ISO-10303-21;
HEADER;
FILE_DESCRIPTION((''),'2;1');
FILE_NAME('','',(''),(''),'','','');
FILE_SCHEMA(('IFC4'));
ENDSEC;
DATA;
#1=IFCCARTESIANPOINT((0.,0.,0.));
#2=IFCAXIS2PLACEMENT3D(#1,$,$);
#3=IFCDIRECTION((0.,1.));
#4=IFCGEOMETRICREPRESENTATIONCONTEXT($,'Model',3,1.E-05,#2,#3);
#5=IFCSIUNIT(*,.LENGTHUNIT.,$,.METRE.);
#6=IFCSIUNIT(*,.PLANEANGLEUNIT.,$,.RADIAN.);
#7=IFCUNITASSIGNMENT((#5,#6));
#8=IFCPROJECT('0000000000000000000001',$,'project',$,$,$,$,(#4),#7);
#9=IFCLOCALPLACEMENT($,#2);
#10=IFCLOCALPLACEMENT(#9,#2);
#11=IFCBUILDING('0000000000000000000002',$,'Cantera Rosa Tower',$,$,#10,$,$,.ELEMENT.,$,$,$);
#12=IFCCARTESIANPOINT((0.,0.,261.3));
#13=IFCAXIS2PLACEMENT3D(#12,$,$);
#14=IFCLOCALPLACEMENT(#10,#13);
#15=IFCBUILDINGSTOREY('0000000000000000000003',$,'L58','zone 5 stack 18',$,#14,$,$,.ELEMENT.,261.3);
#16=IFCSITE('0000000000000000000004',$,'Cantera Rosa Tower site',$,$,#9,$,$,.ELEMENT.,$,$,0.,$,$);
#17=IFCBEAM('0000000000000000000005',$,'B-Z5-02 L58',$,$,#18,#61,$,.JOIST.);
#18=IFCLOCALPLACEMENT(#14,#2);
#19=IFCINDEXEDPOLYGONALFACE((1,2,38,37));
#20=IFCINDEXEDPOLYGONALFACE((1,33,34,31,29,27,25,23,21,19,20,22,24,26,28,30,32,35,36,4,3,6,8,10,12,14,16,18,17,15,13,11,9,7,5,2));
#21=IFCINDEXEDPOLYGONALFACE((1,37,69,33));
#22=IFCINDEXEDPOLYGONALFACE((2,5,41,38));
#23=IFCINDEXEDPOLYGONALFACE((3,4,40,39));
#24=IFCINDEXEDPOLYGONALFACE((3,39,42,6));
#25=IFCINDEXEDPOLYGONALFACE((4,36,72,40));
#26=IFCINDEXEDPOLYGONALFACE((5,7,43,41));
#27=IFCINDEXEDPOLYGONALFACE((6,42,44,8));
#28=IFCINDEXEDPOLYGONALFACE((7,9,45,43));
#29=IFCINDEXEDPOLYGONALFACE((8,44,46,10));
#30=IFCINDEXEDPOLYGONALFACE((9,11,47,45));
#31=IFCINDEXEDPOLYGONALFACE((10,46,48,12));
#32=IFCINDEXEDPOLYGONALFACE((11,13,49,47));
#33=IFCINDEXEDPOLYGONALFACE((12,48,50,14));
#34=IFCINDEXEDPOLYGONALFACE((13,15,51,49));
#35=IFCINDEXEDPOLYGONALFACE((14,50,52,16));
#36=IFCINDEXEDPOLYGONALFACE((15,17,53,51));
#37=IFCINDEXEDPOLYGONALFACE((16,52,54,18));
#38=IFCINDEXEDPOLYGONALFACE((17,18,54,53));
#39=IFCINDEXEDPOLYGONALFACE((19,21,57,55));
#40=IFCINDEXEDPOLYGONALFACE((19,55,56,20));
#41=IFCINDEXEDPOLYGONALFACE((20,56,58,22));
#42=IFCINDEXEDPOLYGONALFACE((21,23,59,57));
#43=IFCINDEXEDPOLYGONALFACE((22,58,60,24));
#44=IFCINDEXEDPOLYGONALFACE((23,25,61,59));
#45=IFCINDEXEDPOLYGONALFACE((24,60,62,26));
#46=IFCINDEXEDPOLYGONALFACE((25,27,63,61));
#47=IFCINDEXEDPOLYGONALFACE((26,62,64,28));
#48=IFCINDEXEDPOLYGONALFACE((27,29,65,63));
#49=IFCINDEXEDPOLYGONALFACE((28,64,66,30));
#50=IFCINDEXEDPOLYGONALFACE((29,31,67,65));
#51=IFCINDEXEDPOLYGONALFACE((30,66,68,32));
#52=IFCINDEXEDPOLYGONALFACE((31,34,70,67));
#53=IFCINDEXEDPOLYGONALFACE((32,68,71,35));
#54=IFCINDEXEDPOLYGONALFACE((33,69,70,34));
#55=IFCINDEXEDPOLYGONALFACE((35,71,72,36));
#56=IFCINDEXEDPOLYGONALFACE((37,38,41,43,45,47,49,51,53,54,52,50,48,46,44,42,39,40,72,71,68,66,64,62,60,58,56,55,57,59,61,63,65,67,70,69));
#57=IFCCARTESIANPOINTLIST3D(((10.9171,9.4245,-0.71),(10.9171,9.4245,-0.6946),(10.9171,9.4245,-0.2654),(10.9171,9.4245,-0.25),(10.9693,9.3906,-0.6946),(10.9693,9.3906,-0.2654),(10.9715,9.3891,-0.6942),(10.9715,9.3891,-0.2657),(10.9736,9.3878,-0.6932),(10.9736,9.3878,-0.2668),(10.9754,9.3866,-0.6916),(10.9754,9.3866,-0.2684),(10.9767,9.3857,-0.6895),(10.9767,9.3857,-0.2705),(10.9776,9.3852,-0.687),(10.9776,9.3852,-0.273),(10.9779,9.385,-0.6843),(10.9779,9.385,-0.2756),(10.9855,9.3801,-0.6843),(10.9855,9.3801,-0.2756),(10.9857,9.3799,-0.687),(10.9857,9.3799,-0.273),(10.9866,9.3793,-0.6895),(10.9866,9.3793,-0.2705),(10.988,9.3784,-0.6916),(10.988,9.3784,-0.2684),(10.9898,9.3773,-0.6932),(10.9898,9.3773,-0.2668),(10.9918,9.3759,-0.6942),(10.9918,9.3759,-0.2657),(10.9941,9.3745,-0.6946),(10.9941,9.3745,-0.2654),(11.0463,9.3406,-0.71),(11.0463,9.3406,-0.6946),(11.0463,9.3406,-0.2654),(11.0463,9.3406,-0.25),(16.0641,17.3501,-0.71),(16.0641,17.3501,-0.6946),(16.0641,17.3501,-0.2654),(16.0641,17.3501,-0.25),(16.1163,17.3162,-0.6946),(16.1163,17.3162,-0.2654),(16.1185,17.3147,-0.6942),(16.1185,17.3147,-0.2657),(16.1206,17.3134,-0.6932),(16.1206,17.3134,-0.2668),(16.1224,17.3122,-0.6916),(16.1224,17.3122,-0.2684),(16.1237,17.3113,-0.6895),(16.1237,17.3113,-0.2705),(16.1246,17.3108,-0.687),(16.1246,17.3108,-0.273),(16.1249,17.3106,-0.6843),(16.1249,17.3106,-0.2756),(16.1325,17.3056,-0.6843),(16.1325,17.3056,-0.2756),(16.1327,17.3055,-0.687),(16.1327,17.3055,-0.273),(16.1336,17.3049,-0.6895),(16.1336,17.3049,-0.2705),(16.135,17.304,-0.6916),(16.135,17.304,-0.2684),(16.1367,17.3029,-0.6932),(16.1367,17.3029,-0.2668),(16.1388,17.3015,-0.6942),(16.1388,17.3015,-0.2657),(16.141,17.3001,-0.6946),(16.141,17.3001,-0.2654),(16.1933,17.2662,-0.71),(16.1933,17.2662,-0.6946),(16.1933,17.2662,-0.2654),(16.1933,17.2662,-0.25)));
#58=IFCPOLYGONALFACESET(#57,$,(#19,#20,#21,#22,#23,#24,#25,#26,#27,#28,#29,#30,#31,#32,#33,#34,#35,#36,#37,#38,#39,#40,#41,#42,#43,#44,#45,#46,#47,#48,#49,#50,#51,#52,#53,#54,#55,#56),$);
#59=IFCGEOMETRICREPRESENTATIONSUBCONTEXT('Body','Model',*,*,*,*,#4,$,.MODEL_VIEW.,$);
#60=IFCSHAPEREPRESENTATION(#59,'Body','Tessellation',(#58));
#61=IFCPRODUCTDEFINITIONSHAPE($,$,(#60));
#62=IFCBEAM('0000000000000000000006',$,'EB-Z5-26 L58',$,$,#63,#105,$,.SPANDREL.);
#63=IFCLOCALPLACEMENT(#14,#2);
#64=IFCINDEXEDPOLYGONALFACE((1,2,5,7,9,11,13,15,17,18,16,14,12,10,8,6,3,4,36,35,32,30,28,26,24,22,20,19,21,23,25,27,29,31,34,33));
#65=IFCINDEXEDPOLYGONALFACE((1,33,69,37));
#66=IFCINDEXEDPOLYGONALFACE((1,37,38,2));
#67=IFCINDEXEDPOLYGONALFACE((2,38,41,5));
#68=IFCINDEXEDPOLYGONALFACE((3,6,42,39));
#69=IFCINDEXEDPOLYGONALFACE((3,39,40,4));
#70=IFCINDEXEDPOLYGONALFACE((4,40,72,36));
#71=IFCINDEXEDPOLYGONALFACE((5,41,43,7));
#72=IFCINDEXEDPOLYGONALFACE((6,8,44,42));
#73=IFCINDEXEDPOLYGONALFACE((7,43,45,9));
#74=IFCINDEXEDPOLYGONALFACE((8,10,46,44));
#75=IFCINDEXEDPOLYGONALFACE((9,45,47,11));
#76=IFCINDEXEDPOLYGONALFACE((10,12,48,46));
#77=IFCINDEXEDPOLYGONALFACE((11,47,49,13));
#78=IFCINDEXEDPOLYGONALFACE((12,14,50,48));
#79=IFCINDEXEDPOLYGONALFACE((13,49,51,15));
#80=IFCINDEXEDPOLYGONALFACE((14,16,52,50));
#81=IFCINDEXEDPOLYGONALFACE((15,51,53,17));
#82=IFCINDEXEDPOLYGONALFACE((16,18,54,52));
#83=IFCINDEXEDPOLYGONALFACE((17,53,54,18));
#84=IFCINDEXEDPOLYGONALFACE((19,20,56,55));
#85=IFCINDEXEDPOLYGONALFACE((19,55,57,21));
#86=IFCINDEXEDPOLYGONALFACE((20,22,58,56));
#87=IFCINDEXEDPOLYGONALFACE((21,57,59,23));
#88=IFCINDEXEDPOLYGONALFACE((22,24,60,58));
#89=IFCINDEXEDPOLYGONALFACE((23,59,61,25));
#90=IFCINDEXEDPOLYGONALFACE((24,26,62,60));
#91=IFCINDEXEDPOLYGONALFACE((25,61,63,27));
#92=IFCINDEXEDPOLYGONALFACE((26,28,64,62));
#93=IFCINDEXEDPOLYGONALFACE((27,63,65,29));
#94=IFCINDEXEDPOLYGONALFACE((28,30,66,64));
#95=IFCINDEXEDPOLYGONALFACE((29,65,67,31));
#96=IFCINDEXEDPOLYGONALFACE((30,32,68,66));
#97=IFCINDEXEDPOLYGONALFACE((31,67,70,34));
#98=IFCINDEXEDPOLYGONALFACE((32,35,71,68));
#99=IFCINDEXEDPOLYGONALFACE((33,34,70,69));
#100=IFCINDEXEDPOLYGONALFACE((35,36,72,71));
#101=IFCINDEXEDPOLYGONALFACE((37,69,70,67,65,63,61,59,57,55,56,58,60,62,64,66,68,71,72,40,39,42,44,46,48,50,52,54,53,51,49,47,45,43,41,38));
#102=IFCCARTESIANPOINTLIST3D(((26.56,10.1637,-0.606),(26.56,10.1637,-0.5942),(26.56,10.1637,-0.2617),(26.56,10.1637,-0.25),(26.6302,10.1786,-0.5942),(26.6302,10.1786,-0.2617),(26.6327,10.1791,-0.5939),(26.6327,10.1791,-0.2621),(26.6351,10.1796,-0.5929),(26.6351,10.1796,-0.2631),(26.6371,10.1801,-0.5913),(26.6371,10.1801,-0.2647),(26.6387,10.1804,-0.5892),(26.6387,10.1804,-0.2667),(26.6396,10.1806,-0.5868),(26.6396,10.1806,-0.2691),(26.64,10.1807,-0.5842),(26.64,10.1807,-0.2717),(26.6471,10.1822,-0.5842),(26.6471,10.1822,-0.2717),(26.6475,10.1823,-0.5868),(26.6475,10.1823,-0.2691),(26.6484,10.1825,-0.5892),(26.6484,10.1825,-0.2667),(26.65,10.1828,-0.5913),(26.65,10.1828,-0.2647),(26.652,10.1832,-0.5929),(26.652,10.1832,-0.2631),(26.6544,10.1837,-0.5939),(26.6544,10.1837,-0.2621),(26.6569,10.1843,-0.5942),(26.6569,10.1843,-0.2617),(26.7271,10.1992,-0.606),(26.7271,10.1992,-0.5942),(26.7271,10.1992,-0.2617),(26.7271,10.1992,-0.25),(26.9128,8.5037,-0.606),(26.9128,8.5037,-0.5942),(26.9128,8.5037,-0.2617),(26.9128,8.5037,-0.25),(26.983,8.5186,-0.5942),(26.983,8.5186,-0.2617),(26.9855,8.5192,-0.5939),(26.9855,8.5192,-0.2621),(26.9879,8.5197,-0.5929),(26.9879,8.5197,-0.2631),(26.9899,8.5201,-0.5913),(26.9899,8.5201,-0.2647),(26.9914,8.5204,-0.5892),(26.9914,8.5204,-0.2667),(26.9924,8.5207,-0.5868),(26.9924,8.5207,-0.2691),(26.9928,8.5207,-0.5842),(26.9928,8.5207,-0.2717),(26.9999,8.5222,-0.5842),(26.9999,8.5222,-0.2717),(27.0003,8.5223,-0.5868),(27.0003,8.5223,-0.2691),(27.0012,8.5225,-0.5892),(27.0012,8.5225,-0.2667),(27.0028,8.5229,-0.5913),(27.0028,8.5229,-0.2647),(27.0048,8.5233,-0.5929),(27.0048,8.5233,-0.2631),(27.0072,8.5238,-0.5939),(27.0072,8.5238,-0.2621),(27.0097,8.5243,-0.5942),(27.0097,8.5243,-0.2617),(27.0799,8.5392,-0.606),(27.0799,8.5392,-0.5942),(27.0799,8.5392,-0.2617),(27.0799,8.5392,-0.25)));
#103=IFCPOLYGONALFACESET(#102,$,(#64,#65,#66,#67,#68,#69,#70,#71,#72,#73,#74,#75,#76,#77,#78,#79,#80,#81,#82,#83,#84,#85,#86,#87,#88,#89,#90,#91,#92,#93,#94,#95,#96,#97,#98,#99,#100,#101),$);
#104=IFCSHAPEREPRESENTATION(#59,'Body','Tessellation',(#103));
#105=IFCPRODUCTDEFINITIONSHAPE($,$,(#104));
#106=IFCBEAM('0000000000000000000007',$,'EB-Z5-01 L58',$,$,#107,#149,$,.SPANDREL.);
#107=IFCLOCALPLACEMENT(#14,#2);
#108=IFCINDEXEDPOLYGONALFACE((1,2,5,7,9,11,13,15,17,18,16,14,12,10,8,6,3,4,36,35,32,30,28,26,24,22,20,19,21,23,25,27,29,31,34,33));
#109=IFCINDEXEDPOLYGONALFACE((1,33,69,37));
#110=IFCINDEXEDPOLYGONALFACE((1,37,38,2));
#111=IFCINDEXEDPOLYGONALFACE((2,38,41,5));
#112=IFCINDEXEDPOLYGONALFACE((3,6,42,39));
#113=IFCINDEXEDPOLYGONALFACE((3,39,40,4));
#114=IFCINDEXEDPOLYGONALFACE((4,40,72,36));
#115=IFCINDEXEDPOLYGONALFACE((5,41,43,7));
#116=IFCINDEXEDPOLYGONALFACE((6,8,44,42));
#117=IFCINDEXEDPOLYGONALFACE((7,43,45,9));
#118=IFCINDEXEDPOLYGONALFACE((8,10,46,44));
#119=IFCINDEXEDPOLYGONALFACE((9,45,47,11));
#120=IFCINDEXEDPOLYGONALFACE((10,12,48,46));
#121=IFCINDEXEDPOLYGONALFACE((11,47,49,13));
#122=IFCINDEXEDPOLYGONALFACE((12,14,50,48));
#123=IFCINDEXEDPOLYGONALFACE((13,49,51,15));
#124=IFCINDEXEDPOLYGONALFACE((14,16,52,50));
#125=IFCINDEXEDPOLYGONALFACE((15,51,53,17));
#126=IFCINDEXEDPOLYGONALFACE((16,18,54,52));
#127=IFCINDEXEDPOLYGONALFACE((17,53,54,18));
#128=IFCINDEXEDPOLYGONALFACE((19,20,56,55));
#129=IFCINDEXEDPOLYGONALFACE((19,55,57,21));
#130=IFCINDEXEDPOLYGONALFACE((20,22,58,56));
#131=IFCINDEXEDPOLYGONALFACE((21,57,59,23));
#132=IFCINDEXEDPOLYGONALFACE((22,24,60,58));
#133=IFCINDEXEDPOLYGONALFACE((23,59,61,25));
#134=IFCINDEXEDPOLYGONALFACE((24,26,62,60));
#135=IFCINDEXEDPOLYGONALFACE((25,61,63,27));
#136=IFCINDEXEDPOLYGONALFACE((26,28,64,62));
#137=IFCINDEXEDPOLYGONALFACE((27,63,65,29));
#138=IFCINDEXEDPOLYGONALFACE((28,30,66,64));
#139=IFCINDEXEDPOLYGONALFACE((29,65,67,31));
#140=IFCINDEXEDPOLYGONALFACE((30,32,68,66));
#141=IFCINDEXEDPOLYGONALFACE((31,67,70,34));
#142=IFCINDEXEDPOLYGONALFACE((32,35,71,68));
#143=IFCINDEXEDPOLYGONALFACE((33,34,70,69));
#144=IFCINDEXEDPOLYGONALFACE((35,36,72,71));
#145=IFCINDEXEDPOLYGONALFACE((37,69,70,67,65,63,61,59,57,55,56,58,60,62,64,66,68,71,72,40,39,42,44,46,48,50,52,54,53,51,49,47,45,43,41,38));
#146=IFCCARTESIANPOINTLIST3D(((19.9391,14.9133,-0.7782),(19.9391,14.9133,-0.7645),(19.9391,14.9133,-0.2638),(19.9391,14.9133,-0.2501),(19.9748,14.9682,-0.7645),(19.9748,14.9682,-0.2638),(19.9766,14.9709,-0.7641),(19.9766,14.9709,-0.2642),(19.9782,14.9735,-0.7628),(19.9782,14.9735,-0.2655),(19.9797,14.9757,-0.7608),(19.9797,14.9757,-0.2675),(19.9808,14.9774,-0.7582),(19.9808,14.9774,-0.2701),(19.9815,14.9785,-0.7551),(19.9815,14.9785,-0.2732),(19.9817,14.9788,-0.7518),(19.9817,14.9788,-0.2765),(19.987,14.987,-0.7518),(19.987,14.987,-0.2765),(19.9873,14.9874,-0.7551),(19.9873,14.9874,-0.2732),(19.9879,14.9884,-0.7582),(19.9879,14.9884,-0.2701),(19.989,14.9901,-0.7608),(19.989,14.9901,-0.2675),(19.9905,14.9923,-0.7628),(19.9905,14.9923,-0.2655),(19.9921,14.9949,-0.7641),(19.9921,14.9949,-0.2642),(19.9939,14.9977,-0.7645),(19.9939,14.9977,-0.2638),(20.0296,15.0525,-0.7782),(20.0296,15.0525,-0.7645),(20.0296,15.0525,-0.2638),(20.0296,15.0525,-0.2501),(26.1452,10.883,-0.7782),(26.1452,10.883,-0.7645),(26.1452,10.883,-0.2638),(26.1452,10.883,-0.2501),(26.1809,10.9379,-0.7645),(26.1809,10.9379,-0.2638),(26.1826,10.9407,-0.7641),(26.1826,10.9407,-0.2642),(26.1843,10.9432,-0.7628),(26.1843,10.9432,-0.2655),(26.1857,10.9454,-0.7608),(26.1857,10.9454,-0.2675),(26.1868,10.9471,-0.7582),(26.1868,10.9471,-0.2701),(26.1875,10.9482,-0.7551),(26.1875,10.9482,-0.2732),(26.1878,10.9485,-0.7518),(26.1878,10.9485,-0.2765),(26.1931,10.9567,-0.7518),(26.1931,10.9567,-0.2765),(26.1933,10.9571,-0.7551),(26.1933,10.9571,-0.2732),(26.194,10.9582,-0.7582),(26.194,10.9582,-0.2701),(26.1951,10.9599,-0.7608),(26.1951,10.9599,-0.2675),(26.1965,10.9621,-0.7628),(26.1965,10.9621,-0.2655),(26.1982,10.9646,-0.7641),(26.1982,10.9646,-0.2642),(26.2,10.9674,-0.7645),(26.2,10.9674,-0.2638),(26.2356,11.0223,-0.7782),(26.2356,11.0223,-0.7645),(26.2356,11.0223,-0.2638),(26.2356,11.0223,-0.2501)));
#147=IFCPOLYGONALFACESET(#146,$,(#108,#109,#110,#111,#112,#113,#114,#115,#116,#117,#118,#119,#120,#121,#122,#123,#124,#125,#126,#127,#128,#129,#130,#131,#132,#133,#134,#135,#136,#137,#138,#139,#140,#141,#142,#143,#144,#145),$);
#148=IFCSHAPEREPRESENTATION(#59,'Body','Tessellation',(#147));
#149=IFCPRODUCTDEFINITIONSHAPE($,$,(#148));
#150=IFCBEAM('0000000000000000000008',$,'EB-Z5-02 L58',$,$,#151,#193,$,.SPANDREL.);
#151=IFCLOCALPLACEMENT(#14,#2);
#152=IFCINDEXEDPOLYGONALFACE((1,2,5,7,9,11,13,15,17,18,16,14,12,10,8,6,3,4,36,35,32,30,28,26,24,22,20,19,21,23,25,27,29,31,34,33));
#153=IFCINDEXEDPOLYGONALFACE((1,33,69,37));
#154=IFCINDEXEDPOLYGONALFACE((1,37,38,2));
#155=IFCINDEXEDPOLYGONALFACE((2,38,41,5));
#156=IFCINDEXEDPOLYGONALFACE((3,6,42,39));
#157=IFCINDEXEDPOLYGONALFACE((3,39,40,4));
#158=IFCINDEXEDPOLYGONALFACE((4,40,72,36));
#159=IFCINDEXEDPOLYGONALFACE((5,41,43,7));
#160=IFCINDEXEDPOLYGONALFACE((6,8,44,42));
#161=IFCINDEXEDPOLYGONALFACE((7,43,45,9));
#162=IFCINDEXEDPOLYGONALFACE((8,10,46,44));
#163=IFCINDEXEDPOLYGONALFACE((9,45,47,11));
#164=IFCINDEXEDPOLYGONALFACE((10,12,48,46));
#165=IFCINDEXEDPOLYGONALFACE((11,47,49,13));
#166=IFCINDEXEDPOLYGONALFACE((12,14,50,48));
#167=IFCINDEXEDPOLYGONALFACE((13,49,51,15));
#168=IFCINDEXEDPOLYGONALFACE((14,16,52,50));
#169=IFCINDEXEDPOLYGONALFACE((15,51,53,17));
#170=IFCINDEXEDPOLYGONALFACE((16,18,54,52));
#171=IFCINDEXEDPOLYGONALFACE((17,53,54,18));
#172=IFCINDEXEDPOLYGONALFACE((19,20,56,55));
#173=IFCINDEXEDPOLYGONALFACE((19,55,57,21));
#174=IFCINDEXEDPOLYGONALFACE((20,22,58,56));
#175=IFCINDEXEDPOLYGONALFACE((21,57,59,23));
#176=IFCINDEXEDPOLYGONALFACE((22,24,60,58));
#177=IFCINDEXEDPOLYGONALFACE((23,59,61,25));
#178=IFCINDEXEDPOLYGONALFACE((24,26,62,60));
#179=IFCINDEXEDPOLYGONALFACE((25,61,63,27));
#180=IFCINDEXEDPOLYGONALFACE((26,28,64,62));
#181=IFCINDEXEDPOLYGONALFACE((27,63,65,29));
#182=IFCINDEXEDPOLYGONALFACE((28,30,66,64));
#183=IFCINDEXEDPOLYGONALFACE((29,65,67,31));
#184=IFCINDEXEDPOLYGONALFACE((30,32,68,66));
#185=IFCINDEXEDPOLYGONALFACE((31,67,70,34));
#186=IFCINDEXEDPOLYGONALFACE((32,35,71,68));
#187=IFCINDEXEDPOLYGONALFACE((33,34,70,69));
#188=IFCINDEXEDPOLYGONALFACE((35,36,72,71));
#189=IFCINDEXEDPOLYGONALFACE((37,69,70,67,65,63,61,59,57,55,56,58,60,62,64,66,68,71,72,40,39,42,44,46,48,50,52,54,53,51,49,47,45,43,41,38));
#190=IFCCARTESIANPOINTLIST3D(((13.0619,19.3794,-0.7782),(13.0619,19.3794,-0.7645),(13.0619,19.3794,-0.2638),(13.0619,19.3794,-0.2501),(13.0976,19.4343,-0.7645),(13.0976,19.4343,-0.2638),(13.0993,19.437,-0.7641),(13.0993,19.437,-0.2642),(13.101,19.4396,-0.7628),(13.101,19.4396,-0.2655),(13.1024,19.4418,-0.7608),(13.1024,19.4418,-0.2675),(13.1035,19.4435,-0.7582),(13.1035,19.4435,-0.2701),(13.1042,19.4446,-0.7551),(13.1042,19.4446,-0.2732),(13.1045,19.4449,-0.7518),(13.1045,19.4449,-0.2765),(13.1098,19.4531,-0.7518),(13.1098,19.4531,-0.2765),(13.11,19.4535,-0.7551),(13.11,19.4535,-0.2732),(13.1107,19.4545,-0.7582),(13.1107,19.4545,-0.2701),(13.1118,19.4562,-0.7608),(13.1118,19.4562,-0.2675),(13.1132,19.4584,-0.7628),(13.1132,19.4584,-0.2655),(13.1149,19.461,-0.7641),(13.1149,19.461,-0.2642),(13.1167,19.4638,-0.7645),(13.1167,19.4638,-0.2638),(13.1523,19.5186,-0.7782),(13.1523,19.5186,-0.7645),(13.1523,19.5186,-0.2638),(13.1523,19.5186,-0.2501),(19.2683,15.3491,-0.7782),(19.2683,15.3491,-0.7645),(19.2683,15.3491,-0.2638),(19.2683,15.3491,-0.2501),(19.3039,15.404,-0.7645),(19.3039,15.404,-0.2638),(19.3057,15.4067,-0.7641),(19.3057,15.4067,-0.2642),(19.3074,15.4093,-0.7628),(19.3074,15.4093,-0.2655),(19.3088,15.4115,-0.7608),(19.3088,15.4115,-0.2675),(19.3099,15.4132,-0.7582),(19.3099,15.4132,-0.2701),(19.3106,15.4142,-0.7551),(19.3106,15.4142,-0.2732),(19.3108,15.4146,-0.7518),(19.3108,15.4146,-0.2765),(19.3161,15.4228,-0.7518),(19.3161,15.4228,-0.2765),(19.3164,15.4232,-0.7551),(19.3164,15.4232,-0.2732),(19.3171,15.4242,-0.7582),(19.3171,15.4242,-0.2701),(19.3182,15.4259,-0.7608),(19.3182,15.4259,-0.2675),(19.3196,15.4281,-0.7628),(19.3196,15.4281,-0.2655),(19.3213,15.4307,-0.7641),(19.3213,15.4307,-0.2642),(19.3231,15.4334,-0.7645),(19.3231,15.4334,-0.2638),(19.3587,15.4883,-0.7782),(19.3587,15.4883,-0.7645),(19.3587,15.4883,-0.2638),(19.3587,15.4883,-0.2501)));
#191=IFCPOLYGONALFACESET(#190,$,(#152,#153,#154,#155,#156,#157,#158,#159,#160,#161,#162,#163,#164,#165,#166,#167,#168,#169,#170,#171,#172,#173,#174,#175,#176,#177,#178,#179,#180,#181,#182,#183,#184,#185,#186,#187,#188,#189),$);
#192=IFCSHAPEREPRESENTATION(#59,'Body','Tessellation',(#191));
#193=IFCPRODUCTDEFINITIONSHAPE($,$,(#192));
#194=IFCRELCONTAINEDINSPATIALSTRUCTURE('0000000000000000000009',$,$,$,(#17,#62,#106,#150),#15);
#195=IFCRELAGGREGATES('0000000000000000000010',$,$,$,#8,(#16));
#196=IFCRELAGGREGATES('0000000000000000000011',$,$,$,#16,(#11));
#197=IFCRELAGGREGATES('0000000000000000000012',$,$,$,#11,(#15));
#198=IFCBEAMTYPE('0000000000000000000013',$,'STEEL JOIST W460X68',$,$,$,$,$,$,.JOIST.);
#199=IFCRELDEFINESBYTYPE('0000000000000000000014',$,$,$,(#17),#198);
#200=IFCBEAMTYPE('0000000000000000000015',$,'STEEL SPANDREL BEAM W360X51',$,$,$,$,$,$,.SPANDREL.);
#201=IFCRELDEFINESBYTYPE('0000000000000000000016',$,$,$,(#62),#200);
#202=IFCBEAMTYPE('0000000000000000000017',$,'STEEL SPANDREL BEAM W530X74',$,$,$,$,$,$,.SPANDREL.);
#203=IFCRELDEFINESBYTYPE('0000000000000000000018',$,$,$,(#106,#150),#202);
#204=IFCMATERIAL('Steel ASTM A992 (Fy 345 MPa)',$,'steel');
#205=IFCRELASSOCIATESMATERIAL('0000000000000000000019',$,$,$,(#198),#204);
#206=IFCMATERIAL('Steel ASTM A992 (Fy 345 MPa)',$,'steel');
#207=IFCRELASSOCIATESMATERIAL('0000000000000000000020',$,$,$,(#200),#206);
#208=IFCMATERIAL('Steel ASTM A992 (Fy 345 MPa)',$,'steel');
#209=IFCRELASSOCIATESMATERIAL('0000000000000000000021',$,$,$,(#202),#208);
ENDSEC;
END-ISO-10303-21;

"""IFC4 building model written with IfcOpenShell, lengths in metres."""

from ifc_helpers import new_model, si_unit, direction, frame, origin, origin_2d, place, context, subcontext, project, spatial, i_section, extrude, material, material_profile, profile_set, type_object, element, save


model = new_model("IFC4")

# Units and contexts
model_context = context("Model", 3, precision=1e-05, world=origin(), true_north=direction((0.0, 1.0)))
body_context = subcontext(model_context, "Body", "Model", "MODEL_VIEW")
ifc_project = project(units=[si_unit("LENGTHUNIT", "METRE"), si_unit("PLANEANGLEUNIT", "RADIAN")], contexts=[model_context])

# Site, building, storey
site_placement = place(None, origin())
site = spatial("IfcSite", under=ifc_project, at=site_placement, Name="Cantera Rosa Tower site", CompositionType="ELEMENT", RefElevation=0.0)
building_placement = place(site_placement, origin())
building = spatial("IfcBuilding", under=site, at=building_placement, Name="Cantera Rosa Tower", CompositionType="ELEMENT")
storey_placement = place(building_placement, frame((0.0, 0.0, 261.3)))
storey = spatial("IfcBuildingStorey", under=building, at=storey_placement, Name="L58", Description="zone 5 stack 18", CompositionType="ELEMENT", Elevation=261.3)

# Beams
ifc_material_1 = material(Name="Steel ASTM A992 (Fy 345 MPa)", Category="steel")
ifc_material_profile_1 = material_profile(ifc_material_1, i_section(OverallWidth=0.1541, OverallDepth=0.46, WebThickness=0.009, FlangeThickness=0.0154, FilletRadius=0.0103, at=origin_2d()), Name="W460X68")
ifc_profile_set_1 = profile_set([ifc_material_profile_1], Name="Steel ASTM A992 (Fy 345 MPa)")
beam_type_1 = type_object("IfcBeamType", Name="STEEL JOIST W460X68", PredefinedType="JOIST", material=ifc_profile_set_1)
beam_1_placement = place(storey_placement, frame((16.1287, 17.3081, -0.48), z_axis=(-0.544644, -0.838667, 0.0), x_axis=(0.838667, -0.544644, 0.0)))
element("IfcBeam", 1, at=beam_1_placement, inside=storey, type_object=beam_type_1, Name="B-Z5-02 L58", PredefinedType="JOIST", context=body_context, shape_type="SweptSolid", body=[
    extrude(i_section(OverallWidth=0.1541, OverallDepth=0.46, WebThickness=0.009, FlangeThickness=0.0154, FilletRadius=0.0103, at=origin_2d()), origin(), (0.0, 0.0, 1.0), 9.4502),
])
ifc_material_2 = material(Name="Steel ASTM A992 (Fy 345 MPa)", Category="steel")
ifc_material_profile_2 = material_profile(ifc_material_2, i_section(OverallWidth=0.1709, OverallDepth=0.356, WebThickness=0.0073, FlangeThickness=0.0117, FilletRadius=0.01, at=origin_2d()), Name="W360X51")
ifc_profile_set_2 = profile_set([ifc_material_profile_2], Name="Steel ASTM A992 (Fy 345 MPa)")
beam_type_2 = type_object("IfcBeamType", Name="STEEL SPANDREL BEAM W360X51", PredefinedType="SPANDREL", material=ifc_profile_set_2)
beam_2_placement = place(storey_placement, frame((26.9963, 8.5215, -0.428), z_axis=(-0.207888, 0.978153, 0.0), x_axis=(-0.978153, -0.207888, 0.0)))
element("IfcBeam", 2, at=beam_2_placement, inside=storey, type_object=beam_type_2, Name="EB-Z5-26 L58", PredefinedType="SPANDREL", context=body_context, shape_type="SweptSolid", body=[
    extrude(i_section(OverallWidth=0.1709, OverallDepth=0.356, WebThickness=0.0073, FlangeThickness=0.0117, FilletRadius=0.01, at=origin_2d()), origin(), (0.0, 0.0, 1.0), 1.697),
])
ifc_material_3 = material(Name="Steel ASTM A992 (Fy 345 MPa)", Category="steel")
ifc_material_profile_3 = material_profile(ifc_material_3, i_section(OverallWidth=0.166, OverallDepth=0.5281, WebThickness=0.0098, FlangeThickness=0.0137, FilletRadius=0.0127, at=origin_2d()), Name="W530X74")
ifc_profile_set_3 = profile_set([ifc_material_profile_3], Name="Steel ASTM A992 (Fy 345 MPa)")
beam_type_3 = type_object("IfcBeamType", Name="STEEL SPANDREL BEAM W530X74", PredefinedType="SPANDREL", material=ifc_profile_set_3)
beam_3_placement = place(storey_placement, frame((26.1904, 10.9526, -0.5142), z_axis=(-0.83867, 0.54464, 0.0), x_axis=(-0.54464, -0.83867, 0.0)))
element("IfcBeam", 3, at=beam_3_placement, inside=storey, type_object=beam_type_3, Name="EB-Z5-01 L58", PredefinedType="SPANDREL", context=body_context, shape_type="SweptSolid", body=[
    extrude(i_section(OverallWidth=0.166, OverallDepth=0.5281, WebThickness=0.0098, FlangeThickness=0.0137, FilletRadius=0.0127, at=origin_2d()), origin(), (0.0, 0.0, 1.0), 7.3999),
])
beam_4_placement = place(storey_placement, frame((19.3135, 15.4187, -0.5142), z_axis=(-0.838679, 0.544625, 0.0), x_axis=(-0.544625, -0.838679, 0.0)))
element("IfcBeam", 4, at=beam_4_placement, inside=storey, type_object=beam_type_3, Name="EB-Z5-02 L58", PredefinedType="SPANDREL", context=body_context, shape_type="SweptSolid", body=[
    extrude(i_section(OverallWidth=0.166, OverallDepth=0.5281, WebThickness=0.0098, FlangeThickness=0.0137, FilletRadius=0.0127, at=origin_2d()), origin(), (0.0, 0.0, 1.0), 7.4001),
])

save(model, "model.ifc")
